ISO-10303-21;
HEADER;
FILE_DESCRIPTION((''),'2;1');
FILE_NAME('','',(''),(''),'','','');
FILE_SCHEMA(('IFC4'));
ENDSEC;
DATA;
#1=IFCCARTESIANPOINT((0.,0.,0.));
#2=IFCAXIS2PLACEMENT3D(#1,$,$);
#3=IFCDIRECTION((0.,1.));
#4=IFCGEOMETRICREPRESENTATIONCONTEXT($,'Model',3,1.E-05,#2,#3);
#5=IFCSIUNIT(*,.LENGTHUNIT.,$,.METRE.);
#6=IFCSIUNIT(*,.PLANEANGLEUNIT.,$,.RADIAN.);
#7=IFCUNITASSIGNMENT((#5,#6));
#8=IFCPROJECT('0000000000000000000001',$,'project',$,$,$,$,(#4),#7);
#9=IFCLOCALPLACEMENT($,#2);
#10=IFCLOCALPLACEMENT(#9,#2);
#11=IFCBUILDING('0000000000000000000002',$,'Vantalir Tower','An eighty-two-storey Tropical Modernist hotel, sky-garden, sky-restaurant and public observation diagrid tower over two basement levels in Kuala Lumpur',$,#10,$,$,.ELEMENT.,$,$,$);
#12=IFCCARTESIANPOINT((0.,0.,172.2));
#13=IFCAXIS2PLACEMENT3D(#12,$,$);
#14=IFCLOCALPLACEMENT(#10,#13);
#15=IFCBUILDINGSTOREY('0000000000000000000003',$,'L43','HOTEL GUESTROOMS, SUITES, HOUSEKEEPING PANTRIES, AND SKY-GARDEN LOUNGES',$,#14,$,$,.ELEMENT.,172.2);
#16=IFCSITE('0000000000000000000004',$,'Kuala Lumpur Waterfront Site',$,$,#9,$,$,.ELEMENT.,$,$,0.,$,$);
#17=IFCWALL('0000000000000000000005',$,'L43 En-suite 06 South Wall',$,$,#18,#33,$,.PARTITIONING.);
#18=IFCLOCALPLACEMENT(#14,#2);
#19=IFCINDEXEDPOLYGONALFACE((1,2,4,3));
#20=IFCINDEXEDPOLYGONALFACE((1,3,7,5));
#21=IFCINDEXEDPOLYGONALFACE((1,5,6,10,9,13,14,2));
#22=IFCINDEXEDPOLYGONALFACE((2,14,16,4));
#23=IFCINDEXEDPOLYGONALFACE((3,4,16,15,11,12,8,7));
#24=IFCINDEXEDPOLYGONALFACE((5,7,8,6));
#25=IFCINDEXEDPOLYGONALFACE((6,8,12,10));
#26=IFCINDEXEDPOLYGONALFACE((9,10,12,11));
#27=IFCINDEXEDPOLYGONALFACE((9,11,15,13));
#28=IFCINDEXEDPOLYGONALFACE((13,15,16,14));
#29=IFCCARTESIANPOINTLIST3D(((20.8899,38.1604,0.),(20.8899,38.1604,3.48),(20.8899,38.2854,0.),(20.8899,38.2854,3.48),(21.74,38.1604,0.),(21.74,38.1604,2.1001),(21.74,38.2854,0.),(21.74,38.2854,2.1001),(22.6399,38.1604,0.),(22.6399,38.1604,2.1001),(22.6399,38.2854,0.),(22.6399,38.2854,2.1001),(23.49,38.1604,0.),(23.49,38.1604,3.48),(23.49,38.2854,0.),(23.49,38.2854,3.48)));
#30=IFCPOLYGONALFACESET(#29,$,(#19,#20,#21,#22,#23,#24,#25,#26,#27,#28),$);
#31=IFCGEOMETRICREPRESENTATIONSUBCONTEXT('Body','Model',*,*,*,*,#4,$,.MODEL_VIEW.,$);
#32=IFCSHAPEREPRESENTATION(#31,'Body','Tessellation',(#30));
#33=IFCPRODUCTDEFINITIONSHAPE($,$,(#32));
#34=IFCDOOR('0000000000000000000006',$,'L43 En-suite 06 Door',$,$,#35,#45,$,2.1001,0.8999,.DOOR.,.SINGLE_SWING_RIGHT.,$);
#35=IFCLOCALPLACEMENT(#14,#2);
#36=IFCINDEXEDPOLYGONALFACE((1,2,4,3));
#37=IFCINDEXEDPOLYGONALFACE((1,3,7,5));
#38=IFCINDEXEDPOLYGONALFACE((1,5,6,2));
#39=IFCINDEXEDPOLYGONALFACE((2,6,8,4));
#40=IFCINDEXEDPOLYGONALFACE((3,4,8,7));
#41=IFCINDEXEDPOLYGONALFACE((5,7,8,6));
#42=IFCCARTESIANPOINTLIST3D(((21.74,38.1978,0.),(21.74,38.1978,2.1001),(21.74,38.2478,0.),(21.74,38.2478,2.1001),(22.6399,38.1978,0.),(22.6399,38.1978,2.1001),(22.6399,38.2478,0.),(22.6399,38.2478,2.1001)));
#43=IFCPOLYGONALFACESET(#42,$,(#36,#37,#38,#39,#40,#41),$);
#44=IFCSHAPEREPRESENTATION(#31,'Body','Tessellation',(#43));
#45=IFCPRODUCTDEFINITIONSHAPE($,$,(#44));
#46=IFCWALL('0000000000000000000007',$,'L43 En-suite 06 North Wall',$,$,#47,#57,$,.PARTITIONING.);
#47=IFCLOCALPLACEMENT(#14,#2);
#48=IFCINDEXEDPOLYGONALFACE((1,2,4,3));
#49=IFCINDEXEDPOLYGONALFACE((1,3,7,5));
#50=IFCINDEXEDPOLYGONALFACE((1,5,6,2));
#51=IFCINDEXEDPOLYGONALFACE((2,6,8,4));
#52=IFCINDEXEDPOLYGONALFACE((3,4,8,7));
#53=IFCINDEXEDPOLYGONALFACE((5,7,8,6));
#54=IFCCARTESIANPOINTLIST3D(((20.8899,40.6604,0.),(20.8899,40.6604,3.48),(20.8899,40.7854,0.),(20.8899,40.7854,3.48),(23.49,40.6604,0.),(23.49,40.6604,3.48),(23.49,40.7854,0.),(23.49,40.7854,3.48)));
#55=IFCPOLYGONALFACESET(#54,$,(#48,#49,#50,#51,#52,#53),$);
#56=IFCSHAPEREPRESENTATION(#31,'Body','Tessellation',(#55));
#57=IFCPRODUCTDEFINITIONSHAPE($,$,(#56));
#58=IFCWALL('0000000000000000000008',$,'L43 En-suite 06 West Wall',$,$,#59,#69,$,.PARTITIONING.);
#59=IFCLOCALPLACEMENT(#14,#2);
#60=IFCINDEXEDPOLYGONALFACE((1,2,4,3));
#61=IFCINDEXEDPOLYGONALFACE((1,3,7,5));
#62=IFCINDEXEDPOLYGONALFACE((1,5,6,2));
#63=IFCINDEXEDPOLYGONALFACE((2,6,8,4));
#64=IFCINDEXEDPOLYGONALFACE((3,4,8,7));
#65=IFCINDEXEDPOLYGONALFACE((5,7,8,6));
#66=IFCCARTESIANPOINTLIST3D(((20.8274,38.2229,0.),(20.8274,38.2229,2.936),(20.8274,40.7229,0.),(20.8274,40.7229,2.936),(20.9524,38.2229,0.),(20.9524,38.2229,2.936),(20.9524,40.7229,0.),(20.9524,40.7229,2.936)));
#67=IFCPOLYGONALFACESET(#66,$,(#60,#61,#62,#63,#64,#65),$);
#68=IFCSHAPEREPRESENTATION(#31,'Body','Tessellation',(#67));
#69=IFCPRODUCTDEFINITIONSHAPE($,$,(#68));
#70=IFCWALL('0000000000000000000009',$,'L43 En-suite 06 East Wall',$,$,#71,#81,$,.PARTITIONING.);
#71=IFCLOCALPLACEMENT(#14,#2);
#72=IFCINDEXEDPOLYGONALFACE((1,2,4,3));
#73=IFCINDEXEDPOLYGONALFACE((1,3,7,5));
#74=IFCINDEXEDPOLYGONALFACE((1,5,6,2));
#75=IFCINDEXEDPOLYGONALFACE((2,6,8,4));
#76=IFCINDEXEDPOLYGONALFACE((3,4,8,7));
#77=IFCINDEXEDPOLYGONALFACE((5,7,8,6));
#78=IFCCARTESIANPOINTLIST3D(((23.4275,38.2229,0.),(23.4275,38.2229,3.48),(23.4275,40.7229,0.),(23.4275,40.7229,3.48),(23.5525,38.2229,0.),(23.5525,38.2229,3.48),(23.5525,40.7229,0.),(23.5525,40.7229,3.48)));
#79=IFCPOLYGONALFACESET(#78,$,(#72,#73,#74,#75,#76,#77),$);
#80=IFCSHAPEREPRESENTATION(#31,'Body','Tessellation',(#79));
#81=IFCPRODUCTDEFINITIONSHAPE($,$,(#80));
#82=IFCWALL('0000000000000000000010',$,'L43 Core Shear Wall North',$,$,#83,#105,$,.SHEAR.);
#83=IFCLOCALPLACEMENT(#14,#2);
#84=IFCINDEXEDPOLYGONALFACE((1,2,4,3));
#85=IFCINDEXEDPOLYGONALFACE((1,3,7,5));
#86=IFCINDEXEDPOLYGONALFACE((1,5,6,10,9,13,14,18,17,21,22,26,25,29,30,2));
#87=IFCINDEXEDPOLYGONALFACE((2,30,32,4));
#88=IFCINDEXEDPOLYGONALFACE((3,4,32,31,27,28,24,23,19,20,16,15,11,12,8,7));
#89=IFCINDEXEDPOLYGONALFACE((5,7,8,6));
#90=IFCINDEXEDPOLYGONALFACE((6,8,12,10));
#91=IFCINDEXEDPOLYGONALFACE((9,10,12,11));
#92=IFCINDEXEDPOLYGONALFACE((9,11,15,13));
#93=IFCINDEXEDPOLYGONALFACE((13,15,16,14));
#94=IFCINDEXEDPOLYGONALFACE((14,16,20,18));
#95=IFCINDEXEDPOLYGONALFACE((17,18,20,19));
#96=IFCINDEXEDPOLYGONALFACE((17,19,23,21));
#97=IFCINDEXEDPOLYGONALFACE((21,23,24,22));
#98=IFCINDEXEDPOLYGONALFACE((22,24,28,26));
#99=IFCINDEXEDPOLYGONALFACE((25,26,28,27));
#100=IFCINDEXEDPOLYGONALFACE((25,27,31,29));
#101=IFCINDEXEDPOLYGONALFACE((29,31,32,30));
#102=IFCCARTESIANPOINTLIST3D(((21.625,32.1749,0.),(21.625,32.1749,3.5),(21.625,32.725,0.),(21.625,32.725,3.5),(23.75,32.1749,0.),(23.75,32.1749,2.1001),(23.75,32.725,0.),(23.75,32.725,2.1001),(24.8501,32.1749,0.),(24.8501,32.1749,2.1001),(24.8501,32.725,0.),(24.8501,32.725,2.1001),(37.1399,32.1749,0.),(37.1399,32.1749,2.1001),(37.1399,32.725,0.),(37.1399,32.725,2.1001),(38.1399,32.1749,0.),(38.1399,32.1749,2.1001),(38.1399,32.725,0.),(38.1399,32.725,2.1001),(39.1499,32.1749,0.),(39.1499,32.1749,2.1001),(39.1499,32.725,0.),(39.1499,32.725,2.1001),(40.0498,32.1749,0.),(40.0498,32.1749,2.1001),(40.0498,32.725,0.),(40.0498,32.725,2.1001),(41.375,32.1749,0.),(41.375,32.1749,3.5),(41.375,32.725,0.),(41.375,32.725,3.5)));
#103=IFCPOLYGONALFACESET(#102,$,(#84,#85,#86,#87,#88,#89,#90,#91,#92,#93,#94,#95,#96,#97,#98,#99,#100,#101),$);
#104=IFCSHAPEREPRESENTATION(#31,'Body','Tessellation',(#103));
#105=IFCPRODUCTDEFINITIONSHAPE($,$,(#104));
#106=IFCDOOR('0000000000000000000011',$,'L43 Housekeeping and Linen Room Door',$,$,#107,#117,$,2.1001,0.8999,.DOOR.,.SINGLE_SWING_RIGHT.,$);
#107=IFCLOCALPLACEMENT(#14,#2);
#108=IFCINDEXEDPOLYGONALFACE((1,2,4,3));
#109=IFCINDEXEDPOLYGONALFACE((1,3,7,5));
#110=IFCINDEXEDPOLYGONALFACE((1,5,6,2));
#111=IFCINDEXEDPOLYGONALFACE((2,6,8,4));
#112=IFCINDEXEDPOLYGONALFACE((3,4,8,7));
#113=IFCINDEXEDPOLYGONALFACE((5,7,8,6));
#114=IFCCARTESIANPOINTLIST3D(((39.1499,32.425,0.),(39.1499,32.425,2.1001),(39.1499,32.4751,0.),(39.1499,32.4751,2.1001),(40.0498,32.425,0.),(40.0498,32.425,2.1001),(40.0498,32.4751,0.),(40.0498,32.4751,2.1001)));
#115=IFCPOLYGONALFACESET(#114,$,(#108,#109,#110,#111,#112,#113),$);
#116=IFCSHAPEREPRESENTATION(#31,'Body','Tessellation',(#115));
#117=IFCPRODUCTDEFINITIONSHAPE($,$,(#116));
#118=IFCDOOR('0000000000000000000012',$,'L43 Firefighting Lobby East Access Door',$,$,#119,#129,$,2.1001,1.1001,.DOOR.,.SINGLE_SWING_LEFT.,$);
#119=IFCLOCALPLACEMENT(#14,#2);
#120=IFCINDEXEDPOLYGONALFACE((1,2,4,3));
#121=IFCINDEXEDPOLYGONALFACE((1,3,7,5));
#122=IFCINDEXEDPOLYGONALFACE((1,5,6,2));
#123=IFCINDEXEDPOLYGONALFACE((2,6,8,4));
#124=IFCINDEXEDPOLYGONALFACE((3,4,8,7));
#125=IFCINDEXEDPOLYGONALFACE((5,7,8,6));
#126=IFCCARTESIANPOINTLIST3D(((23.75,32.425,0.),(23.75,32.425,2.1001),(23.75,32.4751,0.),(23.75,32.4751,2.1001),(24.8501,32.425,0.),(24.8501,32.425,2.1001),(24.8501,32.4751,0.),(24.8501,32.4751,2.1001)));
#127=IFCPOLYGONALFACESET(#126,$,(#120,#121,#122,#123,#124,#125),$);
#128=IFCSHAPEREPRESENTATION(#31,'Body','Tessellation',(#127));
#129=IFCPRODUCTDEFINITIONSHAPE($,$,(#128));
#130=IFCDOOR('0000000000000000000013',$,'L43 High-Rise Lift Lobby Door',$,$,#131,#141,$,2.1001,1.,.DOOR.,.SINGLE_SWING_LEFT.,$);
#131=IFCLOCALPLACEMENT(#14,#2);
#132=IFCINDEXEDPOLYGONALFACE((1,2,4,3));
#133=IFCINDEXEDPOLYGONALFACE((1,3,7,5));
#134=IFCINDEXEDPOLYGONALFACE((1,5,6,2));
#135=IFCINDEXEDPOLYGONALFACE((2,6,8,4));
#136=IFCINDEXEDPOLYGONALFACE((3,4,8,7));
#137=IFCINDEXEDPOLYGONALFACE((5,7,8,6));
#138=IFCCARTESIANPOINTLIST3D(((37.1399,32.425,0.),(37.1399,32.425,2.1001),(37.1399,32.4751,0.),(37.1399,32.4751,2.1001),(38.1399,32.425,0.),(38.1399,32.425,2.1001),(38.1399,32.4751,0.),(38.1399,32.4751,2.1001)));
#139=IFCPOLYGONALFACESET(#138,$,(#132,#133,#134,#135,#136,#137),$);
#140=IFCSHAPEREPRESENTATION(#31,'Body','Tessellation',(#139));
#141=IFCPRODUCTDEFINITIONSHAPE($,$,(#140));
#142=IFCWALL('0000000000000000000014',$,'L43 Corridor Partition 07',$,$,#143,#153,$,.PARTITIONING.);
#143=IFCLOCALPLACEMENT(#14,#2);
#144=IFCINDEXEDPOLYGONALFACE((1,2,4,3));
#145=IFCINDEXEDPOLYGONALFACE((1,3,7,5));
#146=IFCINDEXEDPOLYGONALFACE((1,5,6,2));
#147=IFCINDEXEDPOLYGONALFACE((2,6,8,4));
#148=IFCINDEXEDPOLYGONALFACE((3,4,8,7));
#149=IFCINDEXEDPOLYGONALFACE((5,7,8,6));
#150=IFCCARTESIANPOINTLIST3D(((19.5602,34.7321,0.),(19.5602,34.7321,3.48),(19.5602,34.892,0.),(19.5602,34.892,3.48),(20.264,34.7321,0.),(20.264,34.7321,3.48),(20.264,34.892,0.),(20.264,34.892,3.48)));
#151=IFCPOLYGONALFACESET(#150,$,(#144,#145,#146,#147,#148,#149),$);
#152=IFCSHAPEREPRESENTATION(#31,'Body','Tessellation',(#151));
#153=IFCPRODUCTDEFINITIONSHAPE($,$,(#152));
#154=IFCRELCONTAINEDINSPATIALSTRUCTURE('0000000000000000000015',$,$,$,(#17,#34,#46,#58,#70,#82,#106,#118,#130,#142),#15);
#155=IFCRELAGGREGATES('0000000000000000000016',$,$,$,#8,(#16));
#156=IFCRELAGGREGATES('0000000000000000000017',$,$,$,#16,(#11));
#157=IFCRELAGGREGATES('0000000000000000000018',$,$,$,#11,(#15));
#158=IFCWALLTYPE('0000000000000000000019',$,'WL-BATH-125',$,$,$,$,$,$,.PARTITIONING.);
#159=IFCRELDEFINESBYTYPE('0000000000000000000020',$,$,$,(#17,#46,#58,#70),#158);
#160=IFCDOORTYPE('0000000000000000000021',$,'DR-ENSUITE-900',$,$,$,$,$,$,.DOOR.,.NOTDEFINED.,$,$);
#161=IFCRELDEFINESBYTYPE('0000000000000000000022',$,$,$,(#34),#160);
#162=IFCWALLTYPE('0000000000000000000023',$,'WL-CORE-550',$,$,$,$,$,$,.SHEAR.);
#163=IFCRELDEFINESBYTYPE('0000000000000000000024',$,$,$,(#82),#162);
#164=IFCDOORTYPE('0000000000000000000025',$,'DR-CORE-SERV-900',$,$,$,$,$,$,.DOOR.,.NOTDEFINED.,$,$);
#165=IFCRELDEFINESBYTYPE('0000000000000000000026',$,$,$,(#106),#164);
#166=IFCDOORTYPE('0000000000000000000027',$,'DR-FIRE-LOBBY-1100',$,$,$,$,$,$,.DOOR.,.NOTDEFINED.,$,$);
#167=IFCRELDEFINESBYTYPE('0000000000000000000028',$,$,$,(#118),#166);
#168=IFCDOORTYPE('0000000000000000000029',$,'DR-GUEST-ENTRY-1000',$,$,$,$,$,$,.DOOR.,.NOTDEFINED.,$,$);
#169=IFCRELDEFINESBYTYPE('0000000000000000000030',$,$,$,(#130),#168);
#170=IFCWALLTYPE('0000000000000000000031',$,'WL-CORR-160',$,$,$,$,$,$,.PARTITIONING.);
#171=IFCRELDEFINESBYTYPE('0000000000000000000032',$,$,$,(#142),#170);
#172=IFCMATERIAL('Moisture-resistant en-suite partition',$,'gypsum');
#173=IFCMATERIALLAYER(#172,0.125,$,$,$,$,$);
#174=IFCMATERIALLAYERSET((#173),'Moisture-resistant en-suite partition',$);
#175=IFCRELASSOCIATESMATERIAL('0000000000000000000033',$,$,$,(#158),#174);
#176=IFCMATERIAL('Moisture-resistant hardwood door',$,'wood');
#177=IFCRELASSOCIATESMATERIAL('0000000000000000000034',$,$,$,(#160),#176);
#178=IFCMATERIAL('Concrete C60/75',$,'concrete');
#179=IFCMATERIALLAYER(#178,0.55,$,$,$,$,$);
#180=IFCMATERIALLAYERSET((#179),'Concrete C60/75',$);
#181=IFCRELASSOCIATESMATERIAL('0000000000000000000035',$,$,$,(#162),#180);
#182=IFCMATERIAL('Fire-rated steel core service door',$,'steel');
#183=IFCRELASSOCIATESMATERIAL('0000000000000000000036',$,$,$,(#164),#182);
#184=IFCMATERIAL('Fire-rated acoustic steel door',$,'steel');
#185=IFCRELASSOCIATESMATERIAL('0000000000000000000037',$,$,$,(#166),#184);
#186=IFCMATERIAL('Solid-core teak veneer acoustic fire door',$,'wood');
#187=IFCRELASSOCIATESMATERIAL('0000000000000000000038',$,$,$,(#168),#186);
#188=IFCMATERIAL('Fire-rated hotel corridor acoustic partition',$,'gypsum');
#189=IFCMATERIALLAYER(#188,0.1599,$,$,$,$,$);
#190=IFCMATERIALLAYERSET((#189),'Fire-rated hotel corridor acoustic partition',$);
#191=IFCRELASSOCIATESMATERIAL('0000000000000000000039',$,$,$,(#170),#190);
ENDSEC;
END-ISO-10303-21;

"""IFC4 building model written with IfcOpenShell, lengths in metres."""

from ifc_helpers import new_model, si_unit, direction, frame, frame_2d, origin, place, context, subcontext, project, spatial, rectangle, extrude, material, layer, layer_set, type_object, element, fill, save


model = new_model("IFC4")

# Units and contexts
model_context = context("Model", 3, precision=1e-05, world=origin(), true_north=direction((0.0, 1.0)))
body_context = subcontext(model_context, "Body", "Model", "MODEL_VIEW")
ifc_project = project(units=[si_unit("LENGTHUNIT", "METRE"), si_unit("PLANEANGLEUNIT", "RADIAN")], contexts=[model_context])

# Site, building, storey
site_placement = place(None, origin())
site = spatial("IfcSite", under=ifc_project, at=site_placement, Name="Kuala Lumpur Waterfront Site", CompositionType="ELEMENT", RefElevation=0.0)
building_placement = place(site_placement, origin())
building = spatial("IfcBuilding", under=site, at=building_placement, Name="Vantalir Tower", Description="An eighty-two-storey Tropical Modernist hotel, sky-garden, sky-restaurant and public observation diagrid tower over two basement levels in Kuala Lumpur", CompositionType="ELEMENT")
storey_placement = place(building_placement, frame((0.0, 0.0, 172.2)))
storey = spatial("IfcBuildingStorey", under=building, at=storey_placement, Name="L43", Description="HOTEL GUESTROOMS, SUITES, HOUSEKEEPING PANTRIES, AND SKY-GARDEN LOUNGES", CompositionType="ELEMENT", Elevation=172.2)

# Shared definitions
ifc_material_1 = material(Name="Concrete C60/75", Category="concrete")

# Wall, opening, door
ifc_material_2 = material(Name="Moisture-resistant en-suite partition", Category="gypsum")
ifc_layer_1 = layer(ifc_material_2, 0.125)
ifc_layer_set_1 = layer_set([ifc_layer_1], Name="Moisture-resistant en-suite partition")
wall_type_1 = type_object("IfcWallType", Name="WL-BATH-125", PredefinedType="PARTITIONING", material=ifc_layer_set_1)
wall_1_placement = place(storey_placement, frame((20.8899, 38.2229, 0.0), z_axis=(0.0, 0.0, 1.0), x_axis=(1.0, 0.0, 0.0)))
wall_1 = element("IfcWall", 1, at=wall_1_placement, inside=storey, type_object=wall_type_1, Name="L43 En-suite 06 South Wall", PredefinedType="PARTITIONING", context=body_context, shape_type="SweptSolid", body=[
    extrude(rectangle(XDim=2.6001, YDim=0.125, at=frame_2d((1.3, 0.0))), origin(), (0.0, 0.0, 1.0), 3.48),
])
opening_1_placement = place(wall_1_placement, frame((0.8501, 0.0, 0.0)))
opening_1 = element("IfcOpeningElement", 2, at=opening_1_placement, cuts=wall_1, PredefinedType="OPENING", context=body_context, shape_type="SweptSolid", body=[
    extrude(rectangle(XDim=0.8999, YDim=2.1001, at=frame_2d((0.45, 1.05))), frame((0.0, 0.0725, 0.0), z_axis=(0.0, -1.0, 0.0), x_axis=(1.0, 0.0, 0.0)), (0.0, 0.0, 1.0), 0.145),
])
ifc_material_3 = material(Name="Moisture-resistant hardwood door", Category="wood")
door_type_1 = type_object("IfcDoorType", Name="DR-ENSUITE-900", OperationType="NOTDEFINED", PredefinedType="DOOR", material=ifc_material_3)
door_1_placement = place(opening_1_placement, origin())
door_1 = element("IfcDoor", 3, at=door_1_placement, inside=storey, type_object=door_type_1, Name="L43 En-suite 06 Door", OperationType="SINGLE_SWING_RIGHT", OverallHeight=2.1001, OverallWidth=0.8999, PredefinedType="DOOR", context=body_context, shape_type="SweptSolid", body=[
    extrude(rectangle(XDim=0.8999, YDim=2.1001, at=frame_2d((0.45, 1.05))), frame((0.0, 0.0249, 0.0), z_axis=(0.0, -1.0, 0.0), x_axis=(1.0, 0.0, 0.0)), (0.0, 0.0, 1.0), 0.05),
])
fill(opening_1, door_1)

# Walls
wall_2_placement = place(storey_placement, frame((20.8899, 40.7229, 0.0), z_axis=(0.0, 0.0, 1.0), x_axis=(1.0, 0.0, 0.0)))
element("IfcWall", 4, at=wall_2_placement, inside=storey, type_object=wall_type_1, Name="L43 En-suite 06 North Wall", PredefinedType="PARTITIONING", context=body_context, shape_type="SweptSolid", body=[
    extrude(rectangle(XDim=2.6001, YDim=0.125, at=frame_2d((1.3, 0.0))), origin(), (0.0, 0.0, 1.0), 3.48),
])
wall_3_placement = place(storey_placement, frame((20.8899, 38.2229, 0.0), z_axis=(0.0, 0.0, 1.0), x_axis=(0.0, 1.0, 0.0)))
element("IfcWall", 5, at=wall_3_placement, inside=storey, type_object=wall_type_1, Name="L43 En-suite 06 West Wall", PredefinedType="PARTITIONING", context=body_context, shape_type="SweptSolid", body=[
    extrude(rectangle(XDim=2.5, YDim=0.125, at=frame_2d((1.25, 0.0))), origin(), (0.0, 0.0, 1.0), 2.936),
])
wall_4_placement = place(storey_placement, frame((23.49, 38.2229, 0.0), z_axis=(0.0, 0.0, 1.0), x_axis=(0.0, 1.0, 0.0)))
element("IfcWall", 6, at=wall_4_placement, inside=storey, type_object=wall_type_1, Name="L43 En-suite 06 East Wall", PredefinedType="PARTITIONING", context=body_context, shape_type="SweptSolid", body=[
    extrude(rectangle(XDim=2.5, YDim=0.125, at=frame_2d((1.25, 0.0))), origin(), (0.0, 0.0, 1.0), 3.48),
])

# Wall, openings, doors
ifc_layer_2 = layer(ifc_material_1, 0.55)
ifc_layer_set_2 = layer_set([ifc_layer_2], Name="Concrete C60/75")
wall_type_2 = type_object("IfcWallType", Name="WL-CORE-550", PredefinedType="SHEAR", material=ifc_layer_set_2)
wall_5_placement = place(storey_placement, frame((21.625, 32.45, 0.0), z_axis=(0.0, 0.0, 1.0), x_axis=(1.0, 0.0, 0.0)))
wall_5 = element("IfcWall", 7, at=wall_5_placement, inside=storey, type_object=wall_type_2, Name="L43 Core Shear Wall North", PredefinedType="SHEAR", context=body_context, shape_type="SweptSolid", body=[
    extrude(rectangle(XDim=19.75, YDim=0.55, at=frame_2d((9.875, 0.0))), origin(), (0.0, 0.0, 1.0), 3.5),
])
opening_2_placement = place(wall_5_placement, frame((2.125, 0.0, 0.0)))
opening_2 = element("IfcOpeningElement", 8, at=opening_2_placement, cuts=wall_5, PredefinedType="OPENING", context=body_context, shape_type="SweptSolid", body=[
    extrude(rectangle(XDim=1.1001, YDim=2.1001, at=frame_2d((0.55, 1.05))), frame((0.0, 0.2849, 0.0), z_axis=(0.0, -1.0, 0.0), x_axis=(1.0, 0.0, 0.0)), (0.0, 0.0, 1.0), 0.5701),
])
opening_3_placement = place(wall_5_placement, frame((15.5149, 0.0, 0.0)))
opening_3 = element("IfcOpeningElement", 9, at=opening_3_placement, cuts=wall_5, PredefinedType="OPENING", context=body_context, shape_type="SweptSolid", body=[
    extrude(rectangle(XDim=1.0, YDim=2.1001, at=frame_2d((0.5, 1.05))), frame((0.0, 0.2849, 0.0), z_axis=(0.0, -1.0, 0.0), x_axis=(1.0, 0.0, 0.0)), (0.0, 0.0, 1.0), 0.5701),
])
opening_4_placement = place(wall_5_placement, frame((17.5249, 0.0, 0.0)))
opening_4 = element("IfcOpeningElement", 10, at=opening_4_placement, cuts=wall_5, PredefinedType="OPENING", context=body_context, shape_type="SweptSolid", body=[
    extrude(rectangle(XDim=0.8999, YDim=2.1001, at=frame_2d((0.45, 1.05))), frame((0.0, 0.2849, 0.0), z_axis=(0.0, -1.0, 0.0), x_axis=(1.0, 0.0, 0.0)), (0.0, 0.0, 1.0), 0.5701),
])
ifc_material_4 = material(Name="Fire-rated steel core service door", Category="steel")
door_type_2 = type_object("IfcDoorType", Name="DR-CORE-SERV-900", OperationType="NOTDEFINED", PredefinedType="DOOR", material=ifc_material_4)
door_2_placement = place(opening_4_placement, frame((0.8999, 0.0, 0.0), z_axis=(0.0, 0.0, 1.0), x_axis=(-1.0, 0.0, 0.0)))
door_2 = element("IfcDoor", 11, at=door_2_placement, inside=storey, type_object=door_type_2, Name="L43 Housekeeping and Linen Room Door", OperationType="SINGLE_SWING_RIGHT", OverallHeight=2.1001, OverallWidth=0.8999, PredefinedType="DOOR", context=body_context, shape_type="SweptSolid", body=[
    extrude(rectangle(XDim=0.8999, YDim=2.1001, at=frame_2d((0.45, 1.05))), frame((0.0, 0.0249, 0.0), z_axis=(0.0, -1.0, 0.0), x_axis=(1.0, 0.0, 0.0)), (0.0, 0.0, 1.0), 0.05),
])
fill(opening_4, door_2)
ifc_material_5 = material(Name="Fire-rated acoustic steel door", Category="steel")
door_type_3 = type_object("IfcDoorType", Name="DR-FIRE-LOBBY-1100", OperationType="NOTDEFINED", PredefinedType="DOOR", material=ifc_material_5)
door_3_placement = place(opening_2_placement, frame((1.1001, 0.0, 0.0), z_axis=(0.0, 0.0, 1.0), x_axis=(-1.0, 0.0, 0.0)))
door_3 = element("IfcDoor", 12, at=door_3_placement, inside=storey, type_object=door_type_3, Name="L43 Firefighting Lobby East Access Door", OperationType="SINGLE_SWING_LEFT", OverallHeight=2.1001, OverallWidth=1.1001, PredefinedType="DOOR", context=body_context, shape_type="SweptSolid", body=[
    extrude(rectangle(XDim=1.1001, YDim=2.1001, at=frame_2d((0.55, 1.05))), frame((0.0, 0.0249, 0.0), z_axis=(0.0, -1.0, 0.0), x_axis=(1.0, 0.0, 0.0)), (0.0, 0.0, 1.0), 0.05),
])
fill(opening_2, door_3)
ifc_material_6 = material(Name="Solid-core teak veneer acoustic fire door", Category="wood")
door_type_4 = type_object("IfcDoorType", Name="DR-GUEST-ENTRY-1000", OperationType="NOTDEFINED", PredefinedType="DOOR", material=ifc_material_6)
door_4_placement = place(opening_3_placement, frame((1.0, 0.0, 0.0), z_axis=(0.0, 0.0, 1.0), x_axis=(-1.0, 0.0, 0.0)))
door_4 = element("IfcDoor", 13, at=door_4_placement, inside=storey, type_object=door_type_4, Name="L43 High-Rise Lift Lobby Door", OperationType="SINGLE_SWING_LEFT", OverallHeight=2.1001, OverallWidth=1.0, PredefinedType="DOOR", context=body_context, shape_type="SweptSolid", body=[
    extrude(rectangle(XDim=1.0, YDim=2.1001, at=frame_2d((0.5, 1.05))), frame((0.0, 0.0249, 0.0), z_axis=(0.0, -1.0, 0.0), x_axis=(1.0, 0.0, 0.0)), (0.0, 0.0, 1.0), 0.05),
])
fill(opening_3, door_4)

# Wall
ifc_material_7 = material(Name="Fire-rated hotel corridor acoustic partition", Category="gypsum")
ifc_layer_3 = layer(ifc_material_7, 0.1599)
ifc_layer_set_3 = layer_set([ifc_layer_3], Name="Fire-rated hotel corridor acoustic partition")
wall_type_3 = type_object("IfcWallType", Name="WL-CORR-160", PredefinedType="PARTITIONING", material=ifc_layer_set_3)
wall_6_placement = place(storey_placement, frame((19.5601, 34.812, 0.0), z_axis=(0.0, 0.0, 1.0), x_axis=(1.0, 0.0, 0.0)))
element("IfcWall", 14, at=wall_6_placement, inside=storey, type_object=wall_type_3, Name="L43 Corridor Partition 07", PredefinedType="PARTITIONING", context=body_context, shape_type="SweptSolid", body=[
    extrude(rectangle(XDim=0.7039, YDim=0.1599, at=frame_2d((0.3521, 0.0))), origin(), (0.0, 0.0, 1.0), 3.48),
])

save(model, "model.ifc")
